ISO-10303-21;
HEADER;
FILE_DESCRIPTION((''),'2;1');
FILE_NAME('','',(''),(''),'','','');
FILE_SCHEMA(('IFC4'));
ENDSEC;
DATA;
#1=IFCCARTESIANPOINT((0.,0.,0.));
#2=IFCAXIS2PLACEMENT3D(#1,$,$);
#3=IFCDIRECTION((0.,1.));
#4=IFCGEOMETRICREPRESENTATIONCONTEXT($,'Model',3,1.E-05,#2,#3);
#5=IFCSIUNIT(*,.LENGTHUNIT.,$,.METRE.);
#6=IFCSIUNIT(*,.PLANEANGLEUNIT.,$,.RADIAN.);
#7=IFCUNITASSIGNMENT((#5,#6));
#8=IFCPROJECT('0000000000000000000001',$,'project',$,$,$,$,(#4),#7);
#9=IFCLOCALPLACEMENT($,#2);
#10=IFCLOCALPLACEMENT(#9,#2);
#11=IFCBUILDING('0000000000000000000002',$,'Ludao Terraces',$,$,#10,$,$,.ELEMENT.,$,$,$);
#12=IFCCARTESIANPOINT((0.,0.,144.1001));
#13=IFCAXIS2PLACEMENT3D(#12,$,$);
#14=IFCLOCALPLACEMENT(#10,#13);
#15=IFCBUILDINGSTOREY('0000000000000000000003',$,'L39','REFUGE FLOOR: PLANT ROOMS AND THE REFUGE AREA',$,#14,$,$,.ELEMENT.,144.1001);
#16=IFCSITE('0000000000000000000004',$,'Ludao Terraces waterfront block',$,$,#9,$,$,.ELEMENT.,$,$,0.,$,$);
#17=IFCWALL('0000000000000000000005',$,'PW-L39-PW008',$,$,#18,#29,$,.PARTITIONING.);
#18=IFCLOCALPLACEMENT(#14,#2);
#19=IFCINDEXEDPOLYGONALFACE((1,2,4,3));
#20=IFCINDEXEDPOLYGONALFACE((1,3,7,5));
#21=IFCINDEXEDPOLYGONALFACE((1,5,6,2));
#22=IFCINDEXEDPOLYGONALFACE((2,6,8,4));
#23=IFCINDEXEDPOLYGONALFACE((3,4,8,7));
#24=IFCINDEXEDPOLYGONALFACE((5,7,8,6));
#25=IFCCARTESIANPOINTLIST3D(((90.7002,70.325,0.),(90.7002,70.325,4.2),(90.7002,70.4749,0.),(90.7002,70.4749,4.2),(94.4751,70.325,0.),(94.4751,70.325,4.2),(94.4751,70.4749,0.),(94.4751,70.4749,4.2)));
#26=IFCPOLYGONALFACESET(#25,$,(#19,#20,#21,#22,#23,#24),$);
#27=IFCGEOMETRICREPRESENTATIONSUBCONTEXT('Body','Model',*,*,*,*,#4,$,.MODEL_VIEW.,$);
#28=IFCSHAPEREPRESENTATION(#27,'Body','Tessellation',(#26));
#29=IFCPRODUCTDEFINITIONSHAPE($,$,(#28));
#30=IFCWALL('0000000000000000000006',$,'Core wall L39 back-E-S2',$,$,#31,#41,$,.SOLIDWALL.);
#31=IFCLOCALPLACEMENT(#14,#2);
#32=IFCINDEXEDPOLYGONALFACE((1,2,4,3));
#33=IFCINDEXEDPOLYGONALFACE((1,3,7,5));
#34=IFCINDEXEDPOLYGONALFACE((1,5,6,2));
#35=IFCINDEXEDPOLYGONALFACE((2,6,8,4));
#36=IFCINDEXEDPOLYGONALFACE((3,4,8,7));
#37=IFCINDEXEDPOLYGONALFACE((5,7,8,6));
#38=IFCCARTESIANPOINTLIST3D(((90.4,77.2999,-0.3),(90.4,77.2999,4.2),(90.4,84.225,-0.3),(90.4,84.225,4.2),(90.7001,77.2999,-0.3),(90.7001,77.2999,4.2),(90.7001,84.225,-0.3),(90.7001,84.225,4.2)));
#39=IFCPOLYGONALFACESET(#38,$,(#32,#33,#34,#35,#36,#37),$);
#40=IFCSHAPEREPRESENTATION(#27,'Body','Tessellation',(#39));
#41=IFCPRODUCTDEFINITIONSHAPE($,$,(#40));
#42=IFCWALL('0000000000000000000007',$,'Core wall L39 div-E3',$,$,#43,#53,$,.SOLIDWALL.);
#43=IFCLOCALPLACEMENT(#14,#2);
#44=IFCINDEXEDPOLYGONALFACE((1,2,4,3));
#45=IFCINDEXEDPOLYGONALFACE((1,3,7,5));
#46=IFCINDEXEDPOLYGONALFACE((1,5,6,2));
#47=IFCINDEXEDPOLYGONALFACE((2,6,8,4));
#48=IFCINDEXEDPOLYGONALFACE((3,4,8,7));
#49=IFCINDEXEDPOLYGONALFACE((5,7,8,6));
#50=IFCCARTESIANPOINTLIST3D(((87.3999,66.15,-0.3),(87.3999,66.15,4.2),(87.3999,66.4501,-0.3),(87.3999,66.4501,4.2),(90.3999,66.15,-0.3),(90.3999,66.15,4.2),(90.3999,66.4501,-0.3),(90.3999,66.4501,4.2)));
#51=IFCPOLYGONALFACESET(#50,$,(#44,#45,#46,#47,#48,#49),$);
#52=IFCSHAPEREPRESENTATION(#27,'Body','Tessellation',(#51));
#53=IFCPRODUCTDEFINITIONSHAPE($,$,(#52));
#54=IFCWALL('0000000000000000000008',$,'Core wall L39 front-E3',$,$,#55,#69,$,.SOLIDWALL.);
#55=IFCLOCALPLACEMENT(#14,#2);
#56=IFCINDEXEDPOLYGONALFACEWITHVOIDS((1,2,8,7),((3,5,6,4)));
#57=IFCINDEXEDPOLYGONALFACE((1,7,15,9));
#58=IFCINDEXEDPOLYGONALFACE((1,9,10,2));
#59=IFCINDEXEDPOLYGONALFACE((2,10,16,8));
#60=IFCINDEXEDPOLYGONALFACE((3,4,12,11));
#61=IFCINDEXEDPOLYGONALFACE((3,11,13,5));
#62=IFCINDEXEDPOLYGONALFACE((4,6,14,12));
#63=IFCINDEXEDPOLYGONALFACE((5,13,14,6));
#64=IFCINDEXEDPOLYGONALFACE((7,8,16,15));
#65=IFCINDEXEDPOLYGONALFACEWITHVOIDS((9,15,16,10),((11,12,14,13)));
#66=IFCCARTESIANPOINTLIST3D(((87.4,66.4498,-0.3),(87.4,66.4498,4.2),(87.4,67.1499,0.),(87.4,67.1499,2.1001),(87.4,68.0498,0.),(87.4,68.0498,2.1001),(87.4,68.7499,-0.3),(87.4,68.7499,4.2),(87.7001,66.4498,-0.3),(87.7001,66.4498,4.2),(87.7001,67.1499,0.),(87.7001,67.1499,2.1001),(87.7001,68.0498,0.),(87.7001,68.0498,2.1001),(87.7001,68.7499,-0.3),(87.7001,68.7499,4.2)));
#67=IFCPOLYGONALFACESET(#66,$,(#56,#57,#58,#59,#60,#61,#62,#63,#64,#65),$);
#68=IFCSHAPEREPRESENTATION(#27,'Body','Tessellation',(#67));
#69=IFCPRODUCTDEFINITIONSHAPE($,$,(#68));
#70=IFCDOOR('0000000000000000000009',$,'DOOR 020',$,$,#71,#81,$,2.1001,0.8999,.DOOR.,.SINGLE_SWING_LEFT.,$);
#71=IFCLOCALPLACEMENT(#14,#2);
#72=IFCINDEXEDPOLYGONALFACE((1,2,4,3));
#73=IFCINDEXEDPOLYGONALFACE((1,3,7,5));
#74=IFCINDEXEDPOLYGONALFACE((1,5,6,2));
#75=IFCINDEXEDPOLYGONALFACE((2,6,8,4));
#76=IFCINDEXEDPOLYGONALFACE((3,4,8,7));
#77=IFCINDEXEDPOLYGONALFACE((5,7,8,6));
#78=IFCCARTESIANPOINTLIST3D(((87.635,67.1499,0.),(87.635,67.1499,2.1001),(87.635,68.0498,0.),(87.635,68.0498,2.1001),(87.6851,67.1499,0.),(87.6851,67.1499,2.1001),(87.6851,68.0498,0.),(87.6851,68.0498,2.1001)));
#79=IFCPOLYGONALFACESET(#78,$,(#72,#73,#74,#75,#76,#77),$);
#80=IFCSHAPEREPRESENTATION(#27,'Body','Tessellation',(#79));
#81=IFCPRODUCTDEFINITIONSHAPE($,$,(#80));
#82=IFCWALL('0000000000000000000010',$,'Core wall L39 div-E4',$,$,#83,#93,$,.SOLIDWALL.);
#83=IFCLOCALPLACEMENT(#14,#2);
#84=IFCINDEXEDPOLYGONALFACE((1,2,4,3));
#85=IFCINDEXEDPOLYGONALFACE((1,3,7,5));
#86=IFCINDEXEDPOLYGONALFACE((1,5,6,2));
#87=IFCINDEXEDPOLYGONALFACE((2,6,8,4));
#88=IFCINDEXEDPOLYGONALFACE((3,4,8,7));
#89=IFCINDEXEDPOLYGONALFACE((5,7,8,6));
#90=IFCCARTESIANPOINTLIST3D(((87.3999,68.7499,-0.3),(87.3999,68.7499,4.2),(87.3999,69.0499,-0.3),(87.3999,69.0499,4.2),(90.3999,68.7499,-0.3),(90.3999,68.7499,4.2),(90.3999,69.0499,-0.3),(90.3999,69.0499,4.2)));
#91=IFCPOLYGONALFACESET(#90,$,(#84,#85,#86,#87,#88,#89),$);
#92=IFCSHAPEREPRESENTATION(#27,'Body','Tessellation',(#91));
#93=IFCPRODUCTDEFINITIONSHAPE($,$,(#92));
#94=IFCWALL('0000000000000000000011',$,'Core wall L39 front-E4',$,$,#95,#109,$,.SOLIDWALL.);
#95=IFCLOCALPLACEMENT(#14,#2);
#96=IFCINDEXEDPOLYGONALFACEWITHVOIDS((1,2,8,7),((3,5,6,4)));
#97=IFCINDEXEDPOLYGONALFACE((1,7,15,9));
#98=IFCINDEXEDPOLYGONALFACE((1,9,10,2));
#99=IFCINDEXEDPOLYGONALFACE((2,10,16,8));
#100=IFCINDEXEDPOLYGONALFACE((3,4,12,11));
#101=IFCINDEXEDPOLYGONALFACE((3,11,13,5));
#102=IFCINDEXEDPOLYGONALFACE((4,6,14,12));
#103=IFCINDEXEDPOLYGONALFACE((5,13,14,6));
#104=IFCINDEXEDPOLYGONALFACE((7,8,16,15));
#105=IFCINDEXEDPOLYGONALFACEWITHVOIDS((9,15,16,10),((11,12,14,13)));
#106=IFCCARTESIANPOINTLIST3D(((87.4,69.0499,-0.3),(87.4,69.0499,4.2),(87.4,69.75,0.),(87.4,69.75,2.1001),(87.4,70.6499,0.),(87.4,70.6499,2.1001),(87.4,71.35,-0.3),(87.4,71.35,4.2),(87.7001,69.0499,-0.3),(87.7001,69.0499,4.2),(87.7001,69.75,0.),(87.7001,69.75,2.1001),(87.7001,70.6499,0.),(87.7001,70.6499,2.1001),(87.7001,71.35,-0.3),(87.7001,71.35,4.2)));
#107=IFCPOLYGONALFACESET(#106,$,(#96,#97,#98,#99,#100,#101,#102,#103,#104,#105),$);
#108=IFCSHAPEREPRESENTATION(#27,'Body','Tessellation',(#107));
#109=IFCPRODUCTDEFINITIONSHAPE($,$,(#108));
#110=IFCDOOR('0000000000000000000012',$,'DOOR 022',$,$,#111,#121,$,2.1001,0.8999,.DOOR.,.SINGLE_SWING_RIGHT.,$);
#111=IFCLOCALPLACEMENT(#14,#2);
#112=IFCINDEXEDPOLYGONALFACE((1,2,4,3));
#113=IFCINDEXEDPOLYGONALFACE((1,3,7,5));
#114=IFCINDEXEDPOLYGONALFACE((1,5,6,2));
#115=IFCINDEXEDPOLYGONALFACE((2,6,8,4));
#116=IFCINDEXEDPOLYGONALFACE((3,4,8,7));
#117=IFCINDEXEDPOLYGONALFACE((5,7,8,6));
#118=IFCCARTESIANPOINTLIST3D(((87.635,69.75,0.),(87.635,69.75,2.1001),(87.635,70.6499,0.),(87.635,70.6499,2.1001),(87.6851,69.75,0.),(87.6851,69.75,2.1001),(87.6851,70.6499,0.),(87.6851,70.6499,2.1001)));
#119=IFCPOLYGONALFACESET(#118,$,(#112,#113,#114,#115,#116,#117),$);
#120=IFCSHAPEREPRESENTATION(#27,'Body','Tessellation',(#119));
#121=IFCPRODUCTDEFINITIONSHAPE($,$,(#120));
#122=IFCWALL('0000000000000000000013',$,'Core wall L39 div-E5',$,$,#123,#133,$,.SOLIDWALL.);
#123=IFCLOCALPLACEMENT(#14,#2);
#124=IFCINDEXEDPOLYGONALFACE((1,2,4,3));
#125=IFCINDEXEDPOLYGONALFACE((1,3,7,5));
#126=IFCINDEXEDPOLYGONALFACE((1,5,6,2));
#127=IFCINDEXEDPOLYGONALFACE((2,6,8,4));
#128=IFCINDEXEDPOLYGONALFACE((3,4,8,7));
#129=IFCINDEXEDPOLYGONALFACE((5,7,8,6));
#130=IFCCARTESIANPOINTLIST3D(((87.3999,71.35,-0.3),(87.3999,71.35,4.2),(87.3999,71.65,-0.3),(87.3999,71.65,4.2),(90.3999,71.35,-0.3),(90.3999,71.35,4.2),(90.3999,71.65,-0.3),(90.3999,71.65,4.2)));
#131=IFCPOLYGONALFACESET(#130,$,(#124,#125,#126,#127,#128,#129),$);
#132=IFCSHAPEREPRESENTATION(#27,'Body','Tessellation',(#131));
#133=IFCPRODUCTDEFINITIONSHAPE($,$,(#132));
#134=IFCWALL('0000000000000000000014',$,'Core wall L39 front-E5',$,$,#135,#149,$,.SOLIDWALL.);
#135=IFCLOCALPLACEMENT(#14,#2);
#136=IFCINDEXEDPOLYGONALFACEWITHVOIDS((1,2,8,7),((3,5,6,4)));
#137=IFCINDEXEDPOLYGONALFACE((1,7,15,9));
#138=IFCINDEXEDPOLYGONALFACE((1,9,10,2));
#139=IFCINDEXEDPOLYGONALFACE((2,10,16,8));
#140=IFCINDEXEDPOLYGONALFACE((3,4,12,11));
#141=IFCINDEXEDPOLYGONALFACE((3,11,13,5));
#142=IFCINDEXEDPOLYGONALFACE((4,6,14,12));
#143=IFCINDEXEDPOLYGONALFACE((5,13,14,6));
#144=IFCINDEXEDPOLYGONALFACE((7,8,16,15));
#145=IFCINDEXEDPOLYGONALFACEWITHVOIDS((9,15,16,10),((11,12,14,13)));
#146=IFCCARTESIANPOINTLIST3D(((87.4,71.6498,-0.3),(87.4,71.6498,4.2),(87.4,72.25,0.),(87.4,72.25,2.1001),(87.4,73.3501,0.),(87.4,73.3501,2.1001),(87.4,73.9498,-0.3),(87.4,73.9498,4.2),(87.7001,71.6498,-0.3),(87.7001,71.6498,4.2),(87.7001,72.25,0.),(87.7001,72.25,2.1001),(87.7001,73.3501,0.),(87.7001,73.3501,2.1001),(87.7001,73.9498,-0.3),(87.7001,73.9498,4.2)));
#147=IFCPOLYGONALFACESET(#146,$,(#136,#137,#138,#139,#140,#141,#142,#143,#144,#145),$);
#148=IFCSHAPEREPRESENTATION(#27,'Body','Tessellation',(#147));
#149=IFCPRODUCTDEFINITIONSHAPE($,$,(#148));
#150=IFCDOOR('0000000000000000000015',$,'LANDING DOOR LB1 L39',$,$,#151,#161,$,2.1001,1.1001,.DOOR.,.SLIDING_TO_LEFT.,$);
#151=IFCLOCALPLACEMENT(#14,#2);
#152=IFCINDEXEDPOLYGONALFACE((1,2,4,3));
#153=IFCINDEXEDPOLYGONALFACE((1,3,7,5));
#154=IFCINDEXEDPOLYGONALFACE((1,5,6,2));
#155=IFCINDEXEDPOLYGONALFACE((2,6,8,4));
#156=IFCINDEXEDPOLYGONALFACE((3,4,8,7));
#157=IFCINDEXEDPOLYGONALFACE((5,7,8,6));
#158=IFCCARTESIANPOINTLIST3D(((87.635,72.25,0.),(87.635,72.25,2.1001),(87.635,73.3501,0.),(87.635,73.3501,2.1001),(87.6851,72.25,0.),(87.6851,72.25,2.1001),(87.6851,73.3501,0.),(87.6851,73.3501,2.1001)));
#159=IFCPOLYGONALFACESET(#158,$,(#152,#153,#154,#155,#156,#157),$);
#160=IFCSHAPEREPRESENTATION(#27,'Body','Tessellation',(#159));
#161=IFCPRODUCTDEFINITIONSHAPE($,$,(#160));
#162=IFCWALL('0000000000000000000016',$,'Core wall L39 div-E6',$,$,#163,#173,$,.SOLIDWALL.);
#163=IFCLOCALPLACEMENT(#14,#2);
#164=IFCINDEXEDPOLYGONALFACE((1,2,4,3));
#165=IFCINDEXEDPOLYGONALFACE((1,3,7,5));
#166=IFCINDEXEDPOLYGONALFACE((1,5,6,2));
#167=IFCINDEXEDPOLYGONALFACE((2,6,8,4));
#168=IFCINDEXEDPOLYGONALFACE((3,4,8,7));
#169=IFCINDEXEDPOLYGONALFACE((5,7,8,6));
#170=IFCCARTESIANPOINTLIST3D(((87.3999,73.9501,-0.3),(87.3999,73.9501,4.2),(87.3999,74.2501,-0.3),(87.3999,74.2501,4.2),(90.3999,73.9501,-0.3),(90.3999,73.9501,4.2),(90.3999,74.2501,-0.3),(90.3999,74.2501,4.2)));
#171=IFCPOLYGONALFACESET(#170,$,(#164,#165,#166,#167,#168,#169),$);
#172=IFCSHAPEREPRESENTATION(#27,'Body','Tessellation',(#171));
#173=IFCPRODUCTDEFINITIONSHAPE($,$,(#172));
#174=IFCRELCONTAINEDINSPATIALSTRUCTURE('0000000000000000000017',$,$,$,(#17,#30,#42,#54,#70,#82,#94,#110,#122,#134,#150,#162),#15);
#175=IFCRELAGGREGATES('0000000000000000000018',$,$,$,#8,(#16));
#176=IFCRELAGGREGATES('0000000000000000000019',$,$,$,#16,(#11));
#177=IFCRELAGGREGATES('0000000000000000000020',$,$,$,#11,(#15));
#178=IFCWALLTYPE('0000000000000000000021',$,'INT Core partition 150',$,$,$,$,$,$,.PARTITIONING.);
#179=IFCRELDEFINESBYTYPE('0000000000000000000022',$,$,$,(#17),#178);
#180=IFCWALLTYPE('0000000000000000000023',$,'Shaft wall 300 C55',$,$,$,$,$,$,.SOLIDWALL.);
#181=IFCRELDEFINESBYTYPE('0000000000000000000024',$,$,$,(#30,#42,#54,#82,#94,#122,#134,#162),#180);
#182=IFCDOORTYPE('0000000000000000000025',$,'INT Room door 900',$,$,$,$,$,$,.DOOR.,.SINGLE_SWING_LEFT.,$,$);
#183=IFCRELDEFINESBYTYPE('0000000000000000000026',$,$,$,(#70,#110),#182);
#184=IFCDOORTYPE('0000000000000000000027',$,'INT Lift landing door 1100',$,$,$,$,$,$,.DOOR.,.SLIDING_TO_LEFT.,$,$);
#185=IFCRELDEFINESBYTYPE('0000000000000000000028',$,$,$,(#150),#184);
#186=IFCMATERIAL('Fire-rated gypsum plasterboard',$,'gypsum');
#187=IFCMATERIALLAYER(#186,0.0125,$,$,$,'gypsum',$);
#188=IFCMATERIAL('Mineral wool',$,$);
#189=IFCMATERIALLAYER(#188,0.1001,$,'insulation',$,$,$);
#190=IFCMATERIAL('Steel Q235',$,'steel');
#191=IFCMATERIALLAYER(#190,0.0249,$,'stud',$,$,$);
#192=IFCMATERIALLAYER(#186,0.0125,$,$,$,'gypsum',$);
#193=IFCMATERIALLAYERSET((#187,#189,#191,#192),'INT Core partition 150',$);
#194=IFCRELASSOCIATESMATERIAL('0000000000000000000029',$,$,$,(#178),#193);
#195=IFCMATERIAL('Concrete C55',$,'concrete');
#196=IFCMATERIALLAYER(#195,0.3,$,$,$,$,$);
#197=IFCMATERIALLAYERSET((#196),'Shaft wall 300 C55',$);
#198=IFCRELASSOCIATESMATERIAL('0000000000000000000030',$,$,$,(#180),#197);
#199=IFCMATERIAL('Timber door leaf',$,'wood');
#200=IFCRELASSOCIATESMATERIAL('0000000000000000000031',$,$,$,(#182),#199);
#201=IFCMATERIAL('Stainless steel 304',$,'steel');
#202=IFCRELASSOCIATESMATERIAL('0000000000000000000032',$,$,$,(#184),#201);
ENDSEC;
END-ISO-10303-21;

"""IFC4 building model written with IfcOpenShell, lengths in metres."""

from ifc_helpers import new_model, si_unit, direction, frame, frame_2d, origin, place, context, subcontext, project, spatial, rectangle, extrude, material, layer, layer_set, type_object, element, fill, save


model = new_model("IFC4")

# Units and contexts
model_context = context("Model", 3, precision=1e-05, world=origin(), true_north=direction((0.0, 1.0)))
body_context = subcontext(model_context, "Body", "Model", "MODEL_VIEW")
ifc_project = project(units=[si_unit("LENGTHUNIT", "METRE"), si_unit("PLANEANGLEUNIT", "RADIAN")], contexts=[model_context])

# Site, building, storey
site_placement = place(None, origin())
site = spatial("IfcSite", under=ifc_project, at=site_placement, Name="Ludao Terraces waterfront block", CompositionType="ELEMENT", RefElevation=0.0)
building_placement = place(site_placement, origin())
building = spatial("IfcBuilding", under=site, at=building_placement, Name="Ludao Terraces", CompositionType="ELEMENT")
storey_placement = place(building_placement, frame((0.0, 0.0, 144.1001)))
storey = spatial("IfcBuildingStorey", under=building, at=storey_placement, Name="L39", Description="REFUGE FLOOR: PLANT ROOMS AND THE REFUGE AREA", CompositionType="ELEMENT", Elevation=144.1001)

# Walls
ifc_material_1 = material(Name="Fire-rated gypsum plasterboard", Category="gypsum")
ifc_layer_1 = layer(ifc_material_1, 0.0125, Category="gypsum")
ifc_material_2 = material(Name="Mineral wool")
ifc_layer_2 = layer(ifc_material_2, 0.1001, Name="insulation")
ifc_material_3 = material(Name="Steel Q235", Category="steel")
ifc_layer_3 = layer(ifc_material_3, 0.0249, Name="stud")
ifc_layer_4 = layer(ifc_material_1, 0.0125, Category="gypsum")
ifc_layer_set_1 = layer_set([ifc_layer_1, ifc_layer_2, ifc_layer_3, ifc_layer_4], Name="INT Core partition 150")
wall_type_1 = type_object("IfcWallType", Name="INT Core partition 150", PredefinedType="PARTITIONING", material=ifc_layer_set_1)
wall_1_placement = place(storey_placement, frame((90.7002, 70.3999, 0.0), z_axis=(0.0, 0.0, 1.0), x_axis=(1.0, 0.0, 0.0)))
element("IfcWall", 1, at=wall_1_placement, inside=storey, type_object=wall_type_1, Name="PW-L39-PW008", PredefinedType="PARTITIONING", context=body_context, shape_type="SweptSolid", body=[
    extrude(rectangle(XDim=3.7749, YDim=0.1499, at=frame_2d((1.8875, 0.0))), origin(), (0.0, 0.0, 1.0), 4.2),
])
ifc_material_4 = material(Name="Concrete C55", Category="concrete")
ifc_layer_5 = layer(ifc_material_4, 0.3)
ifc_layer_set_2 = layer_set([ifc_layer_5], Name="Shaft wall 300 C55")
wall_type_2 = type_object("IfcWallType", Name="Shaft wall 300 C55", PredefinedType="SOLIDWALL", material=ifc_layer_set_2)
wall_2_placement = place(storey_placement, frame((90.55, 77.3, -0.3), z_axis=(0.0, 0.0, 1.0), x_axis=(0.0, 1.0, 0.0)))
element("IfcWall", 2, at=wall_2_placement, inside=storey, type_object=wall_type_2, Name="Core wall L39 back-E-S2", PredefinedType="SOLIDWALL", context=body_context, shape_type="SweptSolid", body=[
    extrude(rectangle(XDim=6.925, YDim=0.3, at=frame_2d((3.4624, 0.0))), origin(), (0.0, 0.0, 1.0), 4.5),
])
wall_3_placement = place(storey_placement, frame((87.3999, 66.3, -0.3), z_axis=(0.0, 0.0, 1.0), x_axis=(1.0, 0.0, 0.0)))
element("IfcWall", 3, at=wall_3_placement, inside=storey, type_object=wall_type_2, Name="Core wall L39 div-E3", PredefinedType="SOLIDWALL", context=body_context, shape_type="SweptSolid", body=[
    extrude(rectangle(XDim=3.0, YDim=0.3, at=frame_2d((1.5, 0.0))), origin(), (0.0, 0.0, 1.0), 4.5),
])

# Wall, opening, door
wall_4_placement = place(storey_placement, frame((87.55, 66.45, -0.3), z_axis=(0.0, 0.0, 1.0), x_axis=(0.0, 1.0, 0.0)))
wall_4 = element("IfcWall", 4, at=wall_4_placement, inside=storey, type_object=wall_type_2, Name="Core wall L39 front-E3", PredefinedType="SOLIDWALL", context=body_context, shape_type="SweptSolid", body=[
    extrude(rectangle(XDim=2.3, YDim=0.3, at=frame_2d((1.1499, 0.0))), origin(), (0.0, 0.0, 1.0), 4.5),
])
opening_1_placement = place(wall_4_placement, frame((0.7, 0.0, 0.3)))
opening_1 = element("IfcOpeningElement", 5, at=opening_1_placement, cuts=wall_4, PredefinedType="OPENING", context=body_context, shape_type="SweptSolid", body=[
    extrude(rectangle(XDim=0.8999, YDim=2.1001, at=frame_2d((0.45, 1.05))), frame((0.0, 0.1602, 0.0), z_axis=(0.0, -1.0, 0.0), x_axis=(1.0, 0.0, 0.0)), (0.0, 0.0, 1.0), 0.3201),
])
ifc_material_5 = material(Name="Timber door leaf", Category="wood")
door_type_1 = type_object("IfcDoorType", Name="INT Room door 900", OperationType="SINGLE_SWING_LEFT", PredefinedType="DOOR", material=ifc_material_5)
door_1_placement = place(opening_1_placement, origin())
door_1 = element("IfcDoor", 6, at=door_1_placement, inside=storey, type_object=door_type_1, Name="DOOR 020", OperationType="SINGLE_SWING_LEFT", OverallHeight=2.1001, OverallWidth=0.8999, PredefinedType="DOOR", context=body_context, shape_type="SweptSolid", body=[
    extrude(rectangle(XDim=0.8999, YDim=2.1001, at=frame_2d((0.45, 1.05))), frame((0.0, -0.085, 0.0), z_axis=(0.0, -1.0, 0.0), x_axis=(1.0, 0.0, 0.0)), (0.0, 0.0, 1.0), 0.05),
])
fill(opening_1, door_1)

# Wall
wall_5_placement = place(storey_placement, frame((87.3999, 68.8999, -0.3), z_axis=(0.0, 0.0, 1.0), x_axis=(1.0, 0.0, 0.0)))
element("IfcWall", 7, at=wall_5_placement, inside=storey, type_object=wall_type_2, Name="Core wall L39 div-E4", PredefinedType="SOLIDWALL", context=body_context, shape_type="SweptSolid", body=[
    extrude(rectangle(XDim=3.0, YDim=0.3, at=frame_2d((1.5, 0.0))), origin(), (0.0, 0.0, 1.0), 4.5),
])

# Wall, opening, door
wall_6_placement = place(storey_placement, frame((87.55, 69.05, -0.3), z_axis=(0.0, 0.0, 1.0), x_axis=(0.0, 1.0, 0.0)))
wall_6 = element("IfcWall", 8, at=wall_6_placement, inside=storey, type_object=wall_type_2, Name="Core wall L39 front-E4", PredefinedType="SOLIDWALL", context=body_context, shape_type="SweptSolid", body=[
    extrude(rectangle(XDim=2.3, YDim=0.3, at=frame_2d((1.1499, 0.0))), origin(), (0.0, 0.0, 1.0), 4.5),
])
opening_2_placement = place(wall_6_placement, frame((0.7, 0.0, 0.3)))
opening_2 = element("IfcOpeningElement", 9, at=opening_2_placement, cuts=wall_6, PredefinedType="OPENING", context=body_context, shape_type="SweptSolid", body=[
    extrude(rectangle(XDim=0.8999, YDim=2.1001, at=frame_2d((0.45, 1.05))), frame((0.0, 0.1602, 0.0), z_axis=(0.0, -1.0, 0.0), x_axis=(1.0, 0.0, 0.0)), (0.0, 0.0, 1.0), 0.3201),
])
door_2_placement = place(opening_2_placement, origin())
door_2 = element("IfcDoor", 10, at=door_2_placement, inside=storey, type_object=door_type_1, Name="DOOR 022", OperationType="SINGLE_SWING_RIGHT", OverallHeight=2.1001, OverallWidth=0.8999, PredefinedType="DOOR", context=body_context, shape_type="SweptSolid", body=[
    extrude(rectangle(XDim=0.8999, YDim=2.1001, at=frame_2d((0.45, 1.05))), frame((0.0, -0.085, 0.0), z_axis=(0.0, -1.0, 0.0), x_axis=(1.0, 0.0, 0.0)), (0.0, 0.0, 1.0), 0.05),
])
fill(opening_2, door_2)

# Wall
wall_7_placement = place(storey_placement, frame((87.3999, 71.5, -0.3), z_axis=(0.0, 0.0, 1.0), x_axis=(1.0, 0.0, 0.0)))
element("IfcWall", 11, at=wall_7_placement, inside=storey, type_object=wall_type_2, Name="Core wall L39 div-E5", PredefinedType="SOLIDWALL", context=body_context, shape_type="SweptSolid", body=[
    extrude(rectangle(XDim=3.0, YDim=0.3, at=frame_2d((1.5, 0.0))), origin(), (0.0, 0.0, 1.0), 4.5),
])

# Wall, opening, door
wall_8_placement = place(storey_placement, frame((87.55, 71.6499, -0.3), z_axis=(0.0, 0.0, 1.0), x_axis=(0.0, 1.0, 0.0)))
wall_8 = element("IfcWall", 12, at=wall_8_placement, inside=storey, type_object=wall_type_2, Name="Core wall L39 front-E5", PredefinedType="SOLIDWALL", context=body_context, shape_type="SweptSolid", body=[
    extrude(rectangle(XDim=2.3, YDim=0.3, at=frame_2d((1.1499, 0.0))), origin(), (0.0, 0.0, 1.0), 4.5),
])
opening_3_placement = place(wall_8_placement, frame((0.6001, 0.0, 0.3)))
opening_3 = element("IfcOpeningElement", 13, at=opening_3_placement, cuts=wall_8, PredefinedType="OPENING", context=body_context, shape_type="SweptSolid", body=[
    extrude(rectangle(XDim=1.1001, YDim=2.1001, at=frame_2d((0.55, 1.05))), frame((0.0, 0.1602, 0.0), z_axis=(0.0, -1.0, 0.0), x_axis=(1.0, 0.0, 0.0)), (0.0, 0.0, 1.0), 0.3201),
])
ifc_material_6 = material(Name="Stainless steel 304", Category="steel")
door_type_2 = type_object("IfcDoorType", Name="INT Lift landing door 1100", OperationType="SLIDING_TO_LEFT", PredefinedType="DOOR", material=ifc_material_6)
door_3_placement = place(opening_3_placement, origin())
door_3 = element("IfcDoor", 14, at=door_3_placement, inside=storey, type_object=door_type_2, Name="LANDING DOOR LB1 L39", OperationType="SLIDING_TO_LEFT", OverallHeight=2.1001, OverallWidth=1.1001, PredefinedType="DOOR", context=body_context, shape_type="SweptSolid", body=[
    extrude(rectangle(XDim=1.1001, YDim=2.1001, at=frame_2d((0.55, 1.05))), frame((0.0, -0.085, 0.0), z_axis=(0.0, -1.0, 0.0), x_axis=(1.0, 0.0, 0.0)), (0.0, 0.0, 1.0), 0.05),
])
fill(opening_3, door_3)

# Wall
wall_9_placement = place(storey_placement, frame((87.3999, 74.1001, -0.3), z_axis=(0.0, 0.0, 1.0), x_axis=(1.0, 0.0, 0.0)))
element("IfcWall", 15, at=wall_9_placement, inside=storey, type_object=wall_type_2, Name="Core wall L39 div-E6", PredefinedType="SOLIDWALL", context=body_context, shape_type="SweptSolid", body=[
    extrude(rectangle(XDim=3.0, YDim=0.3, at=frame_2d((1.5, 0.0))), origin(), (0.0, 0.0, 1.0), 4.5),
])

save(model, "model.ifc")
